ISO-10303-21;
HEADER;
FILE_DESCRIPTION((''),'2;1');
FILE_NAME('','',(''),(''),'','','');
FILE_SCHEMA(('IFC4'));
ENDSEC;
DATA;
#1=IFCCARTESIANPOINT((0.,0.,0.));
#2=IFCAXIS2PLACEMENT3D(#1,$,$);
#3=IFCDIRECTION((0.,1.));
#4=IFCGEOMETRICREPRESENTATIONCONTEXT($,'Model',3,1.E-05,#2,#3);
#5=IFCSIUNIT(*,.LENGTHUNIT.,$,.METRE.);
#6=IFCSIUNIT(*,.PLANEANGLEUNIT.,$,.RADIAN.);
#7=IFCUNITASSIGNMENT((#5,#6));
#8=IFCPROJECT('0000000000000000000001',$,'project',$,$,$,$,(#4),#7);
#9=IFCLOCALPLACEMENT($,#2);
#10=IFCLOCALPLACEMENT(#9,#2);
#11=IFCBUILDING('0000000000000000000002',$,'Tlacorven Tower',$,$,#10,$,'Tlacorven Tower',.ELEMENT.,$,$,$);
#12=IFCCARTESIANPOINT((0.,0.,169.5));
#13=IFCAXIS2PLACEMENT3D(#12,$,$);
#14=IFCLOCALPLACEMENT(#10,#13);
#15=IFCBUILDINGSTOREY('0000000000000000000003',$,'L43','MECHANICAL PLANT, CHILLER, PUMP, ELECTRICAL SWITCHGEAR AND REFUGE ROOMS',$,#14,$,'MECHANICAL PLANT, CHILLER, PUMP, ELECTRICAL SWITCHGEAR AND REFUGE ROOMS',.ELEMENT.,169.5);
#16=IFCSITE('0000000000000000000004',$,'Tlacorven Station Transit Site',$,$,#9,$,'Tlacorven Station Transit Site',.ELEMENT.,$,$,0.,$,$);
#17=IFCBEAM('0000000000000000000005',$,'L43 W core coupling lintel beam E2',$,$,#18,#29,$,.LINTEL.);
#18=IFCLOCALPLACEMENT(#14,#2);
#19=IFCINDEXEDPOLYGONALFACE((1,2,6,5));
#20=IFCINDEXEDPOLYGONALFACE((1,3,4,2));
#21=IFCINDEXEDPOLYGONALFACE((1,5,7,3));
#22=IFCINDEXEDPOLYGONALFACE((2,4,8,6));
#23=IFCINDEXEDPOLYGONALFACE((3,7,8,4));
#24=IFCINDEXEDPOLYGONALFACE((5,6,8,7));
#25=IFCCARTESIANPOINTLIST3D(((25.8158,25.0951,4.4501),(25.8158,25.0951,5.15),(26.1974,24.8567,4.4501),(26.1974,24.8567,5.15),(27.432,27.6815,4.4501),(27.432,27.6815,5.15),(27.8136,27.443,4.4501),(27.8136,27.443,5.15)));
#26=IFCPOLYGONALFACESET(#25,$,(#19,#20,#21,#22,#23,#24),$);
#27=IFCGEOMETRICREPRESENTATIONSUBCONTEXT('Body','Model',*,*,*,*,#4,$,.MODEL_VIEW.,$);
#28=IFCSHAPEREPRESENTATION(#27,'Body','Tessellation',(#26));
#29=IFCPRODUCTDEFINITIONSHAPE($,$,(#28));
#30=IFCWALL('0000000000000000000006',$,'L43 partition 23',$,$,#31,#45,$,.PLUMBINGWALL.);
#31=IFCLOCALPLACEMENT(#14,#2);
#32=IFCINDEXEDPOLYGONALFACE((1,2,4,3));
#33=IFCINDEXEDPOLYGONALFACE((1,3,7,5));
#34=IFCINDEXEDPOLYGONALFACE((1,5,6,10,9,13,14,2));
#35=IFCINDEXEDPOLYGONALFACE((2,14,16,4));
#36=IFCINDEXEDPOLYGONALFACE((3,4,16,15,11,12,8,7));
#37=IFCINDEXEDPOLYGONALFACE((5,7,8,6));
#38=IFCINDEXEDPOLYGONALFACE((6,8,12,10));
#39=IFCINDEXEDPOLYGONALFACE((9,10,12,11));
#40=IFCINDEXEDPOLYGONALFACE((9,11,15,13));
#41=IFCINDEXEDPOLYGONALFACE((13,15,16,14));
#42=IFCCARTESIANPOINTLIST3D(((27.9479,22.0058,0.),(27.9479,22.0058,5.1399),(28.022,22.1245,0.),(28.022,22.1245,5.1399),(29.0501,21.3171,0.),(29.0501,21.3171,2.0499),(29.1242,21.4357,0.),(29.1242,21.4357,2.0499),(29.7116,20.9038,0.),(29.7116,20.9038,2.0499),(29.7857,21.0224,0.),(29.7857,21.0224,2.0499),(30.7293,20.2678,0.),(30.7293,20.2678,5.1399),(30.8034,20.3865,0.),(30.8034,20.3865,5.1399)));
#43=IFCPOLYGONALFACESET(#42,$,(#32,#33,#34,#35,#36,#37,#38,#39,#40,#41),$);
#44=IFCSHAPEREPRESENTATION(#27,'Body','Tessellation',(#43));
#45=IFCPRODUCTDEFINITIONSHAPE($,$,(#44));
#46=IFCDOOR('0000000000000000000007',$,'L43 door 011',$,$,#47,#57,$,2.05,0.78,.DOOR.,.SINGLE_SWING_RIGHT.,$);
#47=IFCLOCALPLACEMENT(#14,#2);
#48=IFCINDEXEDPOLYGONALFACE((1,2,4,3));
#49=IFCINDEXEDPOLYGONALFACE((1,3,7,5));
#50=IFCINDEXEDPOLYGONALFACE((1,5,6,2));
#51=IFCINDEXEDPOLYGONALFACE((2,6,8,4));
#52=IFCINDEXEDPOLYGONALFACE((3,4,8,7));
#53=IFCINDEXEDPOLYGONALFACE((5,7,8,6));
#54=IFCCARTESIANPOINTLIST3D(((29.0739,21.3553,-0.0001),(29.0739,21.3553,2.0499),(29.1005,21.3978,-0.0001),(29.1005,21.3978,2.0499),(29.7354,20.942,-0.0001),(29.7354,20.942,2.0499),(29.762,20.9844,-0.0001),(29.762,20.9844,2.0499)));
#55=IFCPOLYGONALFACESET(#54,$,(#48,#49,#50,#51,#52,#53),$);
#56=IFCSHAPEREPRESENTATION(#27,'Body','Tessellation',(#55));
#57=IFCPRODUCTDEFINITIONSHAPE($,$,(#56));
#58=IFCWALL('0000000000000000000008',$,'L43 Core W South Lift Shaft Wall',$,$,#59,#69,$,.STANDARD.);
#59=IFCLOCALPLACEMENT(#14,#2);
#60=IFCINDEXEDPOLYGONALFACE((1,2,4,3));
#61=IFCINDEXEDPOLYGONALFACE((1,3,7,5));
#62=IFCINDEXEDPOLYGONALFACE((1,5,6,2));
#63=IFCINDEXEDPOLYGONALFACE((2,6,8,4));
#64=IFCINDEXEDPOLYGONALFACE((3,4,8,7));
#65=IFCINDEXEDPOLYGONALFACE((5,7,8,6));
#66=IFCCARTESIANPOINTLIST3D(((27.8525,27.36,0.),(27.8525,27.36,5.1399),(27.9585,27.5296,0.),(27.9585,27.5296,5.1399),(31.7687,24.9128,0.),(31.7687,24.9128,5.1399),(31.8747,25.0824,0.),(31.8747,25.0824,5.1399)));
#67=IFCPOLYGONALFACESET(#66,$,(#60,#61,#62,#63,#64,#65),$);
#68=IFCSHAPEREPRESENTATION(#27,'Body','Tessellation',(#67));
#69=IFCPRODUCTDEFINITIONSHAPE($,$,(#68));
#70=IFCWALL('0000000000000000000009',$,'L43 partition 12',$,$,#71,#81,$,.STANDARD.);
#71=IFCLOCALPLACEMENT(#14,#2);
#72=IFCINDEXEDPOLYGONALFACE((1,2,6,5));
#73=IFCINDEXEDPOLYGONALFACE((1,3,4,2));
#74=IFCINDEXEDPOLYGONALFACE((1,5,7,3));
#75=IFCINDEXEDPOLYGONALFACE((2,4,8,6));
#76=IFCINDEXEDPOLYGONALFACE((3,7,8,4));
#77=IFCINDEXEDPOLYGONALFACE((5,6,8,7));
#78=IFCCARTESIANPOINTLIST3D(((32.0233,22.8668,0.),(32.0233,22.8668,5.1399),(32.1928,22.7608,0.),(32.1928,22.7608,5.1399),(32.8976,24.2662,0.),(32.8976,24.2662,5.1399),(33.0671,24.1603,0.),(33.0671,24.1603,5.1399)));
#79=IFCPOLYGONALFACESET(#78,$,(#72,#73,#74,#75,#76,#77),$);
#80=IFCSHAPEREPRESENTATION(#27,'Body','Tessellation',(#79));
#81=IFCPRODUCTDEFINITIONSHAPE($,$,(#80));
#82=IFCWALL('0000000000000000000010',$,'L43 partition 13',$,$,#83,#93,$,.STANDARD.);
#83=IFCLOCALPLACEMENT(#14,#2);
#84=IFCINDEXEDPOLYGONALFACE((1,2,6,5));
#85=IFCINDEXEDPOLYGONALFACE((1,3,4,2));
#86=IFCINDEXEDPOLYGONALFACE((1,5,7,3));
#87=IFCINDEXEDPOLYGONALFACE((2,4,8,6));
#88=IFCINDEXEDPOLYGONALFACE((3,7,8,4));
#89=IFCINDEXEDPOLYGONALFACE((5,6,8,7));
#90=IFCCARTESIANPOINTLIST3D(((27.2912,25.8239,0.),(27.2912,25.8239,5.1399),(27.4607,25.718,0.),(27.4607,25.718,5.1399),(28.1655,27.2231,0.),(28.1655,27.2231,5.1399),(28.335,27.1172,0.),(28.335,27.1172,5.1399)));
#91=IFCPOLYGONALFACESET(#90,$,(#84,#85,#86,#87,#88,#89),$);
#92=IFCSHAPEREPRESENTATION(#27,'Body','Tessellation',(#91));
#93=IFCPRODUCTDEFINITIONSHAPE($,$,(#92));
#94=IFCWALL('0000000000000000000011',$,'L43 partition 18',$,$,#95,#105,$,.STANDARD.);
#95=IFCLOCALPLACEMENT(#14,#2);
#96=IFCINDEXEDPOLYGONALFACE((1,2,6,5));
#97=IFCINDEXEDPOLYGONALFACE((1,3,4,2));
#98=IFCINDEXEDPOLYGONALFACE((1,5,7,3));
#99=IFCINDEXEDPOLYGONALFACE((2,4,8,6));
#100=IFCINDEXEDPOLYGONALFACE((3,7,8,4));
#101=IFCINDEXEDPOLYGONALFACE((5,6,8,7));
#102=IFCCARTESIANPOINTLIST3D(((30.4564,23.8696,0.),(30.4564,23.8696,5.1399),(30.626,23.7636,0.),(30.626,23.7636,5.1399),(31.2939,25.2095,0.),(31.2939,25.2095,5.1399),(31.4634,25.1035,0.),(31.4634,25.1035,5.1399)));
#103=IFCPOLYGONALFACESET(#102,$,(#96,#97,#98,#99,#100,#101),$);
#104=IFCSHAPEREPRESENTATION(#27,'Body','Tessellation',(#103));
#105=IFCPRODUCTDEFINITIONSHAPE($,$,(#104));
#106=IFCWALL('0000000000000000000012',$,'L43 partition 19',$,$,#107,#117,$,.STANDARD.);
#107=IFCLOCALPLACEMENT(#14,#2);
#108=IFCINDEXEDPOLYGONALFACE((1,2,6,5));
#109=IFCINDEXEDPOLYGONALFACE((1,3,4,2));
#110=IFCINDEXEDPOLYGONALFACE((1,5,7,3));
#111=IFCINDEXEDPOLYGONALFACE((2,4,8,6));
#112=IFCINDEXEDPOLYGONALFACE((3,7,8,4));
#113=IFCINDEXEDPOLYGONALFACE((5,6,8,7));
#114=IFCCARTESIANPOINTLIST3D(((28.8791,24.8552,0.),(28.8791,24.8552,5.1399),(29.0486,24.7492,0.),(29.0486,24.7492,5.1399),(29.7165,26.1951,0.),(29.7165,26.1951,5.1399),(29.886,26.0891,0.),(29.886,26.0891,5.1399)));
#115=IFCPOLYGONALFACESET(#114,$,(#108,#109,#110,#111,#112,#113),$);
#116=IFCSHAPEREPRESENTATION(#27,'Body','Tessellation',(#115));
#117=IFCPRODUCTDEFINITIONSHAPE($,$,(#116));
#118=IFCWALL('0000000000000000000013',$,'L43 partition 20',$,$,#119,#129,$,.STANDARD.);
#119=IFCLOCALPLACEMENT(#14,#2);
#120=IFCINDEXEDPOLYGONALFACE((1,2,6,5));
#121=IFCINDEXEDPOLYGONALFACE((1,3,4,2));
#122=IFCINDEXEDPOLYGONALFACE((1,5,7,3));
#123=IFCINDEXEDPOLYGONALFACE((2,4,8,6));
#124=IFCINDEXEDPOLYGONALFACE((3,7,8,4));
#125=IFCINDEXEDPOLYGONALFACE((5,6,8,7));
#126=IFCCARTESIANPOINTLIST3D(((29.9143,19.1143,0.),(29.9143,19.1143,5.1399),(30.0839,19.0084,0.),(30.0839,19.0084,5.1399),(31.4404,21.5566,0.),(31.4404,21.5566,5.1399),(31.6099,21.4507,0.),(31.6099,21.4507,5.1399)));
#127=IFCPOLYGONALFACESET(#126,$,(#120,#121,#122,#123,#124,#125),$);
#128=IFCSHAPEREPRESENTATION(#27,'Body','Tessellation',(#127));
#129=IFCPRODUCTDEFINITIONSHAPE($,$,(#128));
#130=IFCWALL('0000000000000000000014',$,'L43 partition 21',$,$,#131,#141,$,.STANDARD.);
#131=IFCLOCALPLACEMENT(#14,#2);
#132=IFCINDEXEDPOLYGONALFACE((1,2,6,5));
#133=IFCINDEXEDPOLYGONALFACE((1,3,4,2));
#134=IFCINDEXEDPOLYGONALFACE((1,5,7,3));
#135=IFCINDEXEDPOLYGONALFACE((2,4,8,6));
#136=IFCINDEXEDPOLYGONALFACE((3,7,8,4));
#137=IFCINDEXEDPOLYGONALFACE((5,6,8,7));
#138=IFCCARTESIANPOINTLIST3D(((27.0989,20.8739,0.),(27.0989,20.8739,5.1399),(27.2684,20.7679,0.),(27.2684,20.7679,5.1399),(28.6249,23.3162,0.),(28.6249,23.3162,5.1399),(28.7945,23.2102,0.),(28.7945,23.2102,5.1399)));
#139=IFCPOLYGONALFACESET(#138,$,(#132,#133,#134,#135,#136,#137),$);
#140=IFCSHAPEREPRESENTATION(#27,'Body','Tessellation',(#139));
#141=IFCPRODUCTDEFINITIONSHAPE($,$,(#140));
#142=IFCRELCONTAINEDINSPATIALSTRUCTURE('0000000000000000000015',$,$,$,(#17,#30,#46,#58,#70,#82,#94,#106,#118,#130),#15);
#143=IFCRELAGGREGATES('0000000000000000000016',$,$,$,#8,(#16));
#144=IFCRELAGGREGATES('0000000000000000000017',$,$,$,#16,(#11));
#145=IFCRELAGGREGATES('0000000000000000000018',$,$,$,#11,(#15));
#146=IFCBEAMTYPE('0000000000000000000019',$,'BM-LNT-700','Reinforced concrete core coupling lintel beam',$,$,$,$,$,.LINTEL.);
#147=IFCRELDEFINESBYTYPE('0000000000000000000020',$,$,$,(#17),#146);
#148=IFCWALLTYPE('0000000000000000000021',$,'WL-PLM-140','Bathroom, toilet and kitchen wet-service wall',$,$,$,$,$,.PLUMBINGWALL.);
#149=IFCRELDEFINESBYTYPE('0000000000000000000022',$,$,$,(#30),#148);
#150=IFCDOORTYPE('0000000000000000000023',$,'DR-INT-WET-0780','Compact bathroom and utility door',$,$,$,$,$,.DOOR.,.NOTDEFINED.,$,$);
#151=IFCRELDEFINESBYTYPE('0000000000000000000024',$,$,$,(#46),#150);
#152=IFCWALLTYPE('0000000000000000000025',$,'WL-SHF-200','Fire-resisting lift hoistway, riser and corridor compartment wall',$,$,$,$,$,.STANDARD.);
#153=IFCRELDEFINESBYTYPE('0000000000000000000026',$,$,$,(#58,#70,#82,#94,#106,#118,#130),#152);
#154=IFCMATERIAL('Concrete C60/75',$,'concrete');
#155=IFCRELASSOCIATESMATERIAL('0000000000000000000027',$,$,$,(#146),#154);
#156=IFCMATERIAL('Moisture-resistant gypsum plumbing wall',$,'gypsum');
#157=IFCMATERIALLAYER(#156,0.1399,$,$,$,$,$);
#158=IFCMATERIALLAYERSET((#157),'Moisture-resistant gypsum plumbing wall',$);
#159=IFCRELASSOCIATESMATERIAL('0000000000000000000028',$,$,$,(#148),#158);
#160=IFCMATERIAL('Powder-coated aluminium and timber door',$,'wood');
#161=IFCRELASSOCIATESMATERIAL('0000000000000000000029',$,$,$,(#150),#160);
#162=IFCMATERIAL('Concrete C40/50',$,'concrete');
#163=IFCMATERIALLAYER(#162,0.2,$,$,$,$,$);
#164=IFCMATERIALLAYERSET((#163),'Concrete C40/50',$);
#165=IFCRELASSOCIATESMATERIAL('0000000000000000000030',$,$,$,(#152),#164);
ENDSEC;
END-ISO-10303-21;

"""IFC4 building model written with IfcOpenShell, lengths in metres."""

from ifc_helpers import new_model, si_unit, direction, frame, frame_2d, origin, origin_2d, place, context, subcontext, project, spatial, rectangle, extrude, source, transform, mapped, material, layer, layer_set, material_profile, profile_set, type_object, element, fill, save


model = new_model("IFC4")

# Units and contexts
model_context = context("Model", 3, precision=1e-05, world=origin(), true_north=direction((0.0, 1.0)))
body_context = subcontext(model_context, "Body", "Model", "MODEL_VIEW")
ifc_project = project(units=[si_unit("LENGTHUNIT", "METRE"), si_unit("PLANEANGLEUNIT", "RADIAN")], contexts=[model_context])

# Site, building, storey
site_placement = place(None, origin())
site = spatial("IfcSite", under=ifc_project, at=site_placement, Name="Tlacorven Station Transit Site", LongName="Tlacorven Station Transit Site", CompositionType="ELEMENT", RefElevation=0.0)
building_placement = place(site_placement, origin())
building = spatial("IfcBuilding", under=site, at=building_placement, Name="Tlacorven Tower", LongName="Tlacorven Tower", CompositionType="ELEMENT")
storey_placement = place(building_placement, frame((0.0, 0.0, 169.5)))
storey = spatial("IfcBuildingStorey", under=building, at=storey_placement, Name="L43", Description="MECHANICAL PLANT, CHILLER, PUMP, ELECTRICAL SWITCHGEAR AND REFUGE ROOMS", LongName="MECHANICAL PLANT, CHILLER, PUMP, ELECTRICAL SWITCHGEAR AND REFUGE ROOMS", CompositionType="ELEMENT", Elevation=169.5)

# Beam
ifc_material_1 = material(Name="Concrete C60/75", Category="concrete")
ifc_material_profile = material_profile(ifc_material_1, rectangle(XDim=0.45, YDim=0.7, at=origin_2d()), Name="RC 450X700")
ifc_profile_set = profile_set([ifc_material_profile], Name="Concrete C60/75")
beam_type = type_object("IfcBeamType", Name="BM-LNT-700", Description="Reinforced concrete core coupling lintel beam", PredefinedType="LINTEL", material=ifc_profile_set)
shared_shape_1 = source(origin(), body_context, "Body", "SweptSolid", [
    extrude(rectangle(XDim=0.45, YDim=0.7, at=origin_2d()), origin(), (0.0, 0.0, 1.0), 3.0498),
])
beam_placement = place(storey_placement, frame((27.6228, 27.5623, 4.8), z_axis=(-0.529927, -0.848043, 0.0), x_axis=(0.848043, -0.529927, 0.0)))
element("IfcBeam", 1, at=beam_placement, inside=storey, type_object=beam_type, Name="L43 W core coupling lintel beam E2", PredefinedType="LINTEL", context=body_context, shape_type="MappedRepresentation", body=[
    mapped(shared_shape_1, transform((0.0, 0.0, 0.0), scale=1.0)),
])

# Wall, opening, door
ifc_material_2 = material(Name="Moisture-resistant gypsum plumbing wall", Category="gypsum")
ifc_layer_1 = layer(ifc_material_2, 0.1399)
ifc_layer_set_1 = layer_set([ifc_layer_1], Name="Moisture-resistant gypsum plumbing wall")
wall_type_1 = type_object("IfcWallType", Name="WL-PLM-140", Description="Bathroom, toilet and kitchen wet-service wall", PredefinedType="PLUMBINGWALL", material=ifc_layer_set_1)
wall_1_placement = place(storey_placement, frame((30.7664, 20.3271, 0.0), z_axis=(0.0, 0.0, 1.0), x_axis=(-0.848053, 0.529912, 0.0)))
wall_1 = element("IfcWall", 2, at=wall_1_placement, inside=storey, type_object=wall_type_1, Name="L43 partition 23", PredefinedType="PLUMBINGWALL", context=body_context, shape_type="SweptSolid", body=[
    extrude(rectangle(XDim=3.2798, YDim=0.1399, at=frame_2d((1.6399, 0.0))), origin(), (0.0, 0.0, 1.0), 5.1399),
])
opening_1_placement = place(wall_1_placement, frame((1.2, 0.0, 0.0)))
opening_1 = element("IfcOpeningElement", 3, at=opening_1_placement, cuts=wall_1, PredefinedType="OPENING", context=body_context, shape_type="SweptSolid", body=[
    extrude(rectangle(XDim=0.78, YDim=2.05, at=frame_2d((0.3901, 1.0249))), frame((0.0, 0.0801, 0.0), z_axis=(0.0, -1.0, 0.0), x_axis=(1.0, 0.0, 0.0)), (0.0, 0.0, 1.0), 0.1599),
])
ifc_material_3 = material(Name="Powder-coated aluminium and timber door", Category="wood")
door_type_1 = type_object("IfcDoorType", Name="DR-INT-WET-0780", Description="Compact bathroom and utility door", OperationType="NOTDEFINED", PredefinedType="DOOR", material=ifc_material_3)
shared_shape_2 = source(origin(), body_context, "Body", "SweptSolid", [
    extrude(rectangle(XDim=0.78, YDim=2.05, at=frame_2d((0.3901, 1.0249))), frame((0.0, 0.0249, 0.0), z_axis=(0.0, -1.0, 0.0), x_axis=(1.0, 0.0, 0.0)), (0.0, 0.0, 1.0), 0.05),
])
door_1_placement = place(opening_1_placement, origin())
door_1 = element("IfcDoor", 4, at=door_1_placement, inside=storey, type_object=door_type_1, Name="L43 door 011", OperationType="SINGLE_SWING_RIGHT", OverallHeight=2.05, OverallWidth=0.78, PredefinedType="DOOR", context=body_context, shape_type="MappedRepresentation", body=[
    mapped(shared_shape_2, transform((0.0, 0.0, 0.0), scale=1.0)),
])
fill(opening_1, door_1)

# Wall
ifc_material_4 = material(Name="Concrete C40/50", Category="concrete")
ifc_layer_2 = layer(ifc_material_4, 0.2)
ifc_layer_set_2 = layer_set([ifc_layer_2], Name="Concrete C40/50")
wall_type_2 = type_object("IfcWallType", Name="WL-SHF-200", Description="Fire-resisting lift hoistway, riser and corridor compartment wall", PredefinedType="STANDARD", material=ifc_layer_set_2)
wall_2_placement = place(storey_placement, frame((31.8218, 24.9976, 0.0), z_axis=(0.0, 0.0, 1.0), x_axis=(-0.848037, 0.529937, 0.0)))
element("IfcWall", 5, at=wall_2_placement, inside=storey, type_object=wall_type_2, Name="L43 Core W South Lift Shaft Wall", PredefinedType="STANDARD", context=body_context, shape_type="SweptSolid", body=[
    extrude(rectangle(XDim=4.6179, YDim=0.2, at=frame_2d((2.3091, 0.0))), origin(), (0.0, 0.0, 1.0), 5.1399),
])

# Walls
wall_3_placement = place(storey_placement, frame((32.9824, 24.2134, 0.0), z_axis=(0.0, 0.0, 1.0), x_axis=(-0.529839, -0.848098, 0.0)))
element("IfcWall", 6, at=wall_3_placement, inside=storey, type_object=wall_type_2, Name="L43 partition 12", PredefinedType="STANDARD", context=body_context, shape_type="SweptSolid", body=[
    extrude(rectangle(XDim=1.6501, YDim=0.2, at=frame_2d((0.8252, 0.0))), origin(), (0.0, 0.0, 1.0), 5.1399),
])
wall_4_placement = place(storey_placement, frame((28.2502, 27.1702, 0.0), z_axis=(0.0, 0.0, 1.0), x_axis=(-0.529906, -0.848056, 0.0)))
element("IfcWall", 7, at=wall_4_placement, inside=storey, type_object=wall_type_2, Name="L43 partition 13", PredefinedType="STANDARD", context=body_context, shape_type="SweptSolid", body=[
    extrude(rectangle(XDim=1.6499, YDim=0.2, at=frame_2d((0.825, 0.0))), origin(), (0.0, 0.0, 1.0), 5.1399),
])
for number, where, z_axis, x_axis, name in (
    (8, (31.3787, 25.1565, 0.0), (0.0, 0.0, 1.0), (-0.529999, -0.847998, 0.0), "L43 partition 18"),
    (9, (29.8013, 26.1421, 0.0), (0.0, 0.0, 1.0), (-0.529999, -0.847998, 0.0), "L43 partition 19"),
):
    element("IfcWall", number, at=place(storey_placement, frame(where, z_axis=z_axis, x_axis=x_axis)), inside=storey, type_object=wall_type_2, Name=name, PredefinedType="STANDARD", context=body_context, shape_type="SweptSolid", body=[
        extrude(rectangle(XDim=1.5801, YDim=0.2, at=frame_2d((0.79, 0.0))), origin(), (0.0, 0.0, 1.0), 5.1399),
    ])
for number, where, z_axis, x_axis, name in (
    (10, (31.5251, 21.5037, 0.0), (0.0, 0.0, 1.0), (-0.529907, -0.848055, 0.0), "L43 partition 20"),
    (11, (28.7097, 23.2632, 0.0), (0.0, 0.0, 1.0), (-0.529907, -0.848055, 0.0), "L43 partition 21"),
):
    element("IfcWall", number, at=place(storey_placement, frame(where, z_axis=z_axis, x_axis=x_axis)), inside=storey, type_object=wall_type_2, Name=name, PredefinedType="STANDARD", context=body_context, shape_type="SweptSolid", body=[
        extrude(rectangle(XDim=2.8799, YDim=0.2, at=frame_2d((1.4399, 0.0))), origin(), (0.0, 0.0, 1.0), 5.1399),
    ])

save(model, "model.ifc")
